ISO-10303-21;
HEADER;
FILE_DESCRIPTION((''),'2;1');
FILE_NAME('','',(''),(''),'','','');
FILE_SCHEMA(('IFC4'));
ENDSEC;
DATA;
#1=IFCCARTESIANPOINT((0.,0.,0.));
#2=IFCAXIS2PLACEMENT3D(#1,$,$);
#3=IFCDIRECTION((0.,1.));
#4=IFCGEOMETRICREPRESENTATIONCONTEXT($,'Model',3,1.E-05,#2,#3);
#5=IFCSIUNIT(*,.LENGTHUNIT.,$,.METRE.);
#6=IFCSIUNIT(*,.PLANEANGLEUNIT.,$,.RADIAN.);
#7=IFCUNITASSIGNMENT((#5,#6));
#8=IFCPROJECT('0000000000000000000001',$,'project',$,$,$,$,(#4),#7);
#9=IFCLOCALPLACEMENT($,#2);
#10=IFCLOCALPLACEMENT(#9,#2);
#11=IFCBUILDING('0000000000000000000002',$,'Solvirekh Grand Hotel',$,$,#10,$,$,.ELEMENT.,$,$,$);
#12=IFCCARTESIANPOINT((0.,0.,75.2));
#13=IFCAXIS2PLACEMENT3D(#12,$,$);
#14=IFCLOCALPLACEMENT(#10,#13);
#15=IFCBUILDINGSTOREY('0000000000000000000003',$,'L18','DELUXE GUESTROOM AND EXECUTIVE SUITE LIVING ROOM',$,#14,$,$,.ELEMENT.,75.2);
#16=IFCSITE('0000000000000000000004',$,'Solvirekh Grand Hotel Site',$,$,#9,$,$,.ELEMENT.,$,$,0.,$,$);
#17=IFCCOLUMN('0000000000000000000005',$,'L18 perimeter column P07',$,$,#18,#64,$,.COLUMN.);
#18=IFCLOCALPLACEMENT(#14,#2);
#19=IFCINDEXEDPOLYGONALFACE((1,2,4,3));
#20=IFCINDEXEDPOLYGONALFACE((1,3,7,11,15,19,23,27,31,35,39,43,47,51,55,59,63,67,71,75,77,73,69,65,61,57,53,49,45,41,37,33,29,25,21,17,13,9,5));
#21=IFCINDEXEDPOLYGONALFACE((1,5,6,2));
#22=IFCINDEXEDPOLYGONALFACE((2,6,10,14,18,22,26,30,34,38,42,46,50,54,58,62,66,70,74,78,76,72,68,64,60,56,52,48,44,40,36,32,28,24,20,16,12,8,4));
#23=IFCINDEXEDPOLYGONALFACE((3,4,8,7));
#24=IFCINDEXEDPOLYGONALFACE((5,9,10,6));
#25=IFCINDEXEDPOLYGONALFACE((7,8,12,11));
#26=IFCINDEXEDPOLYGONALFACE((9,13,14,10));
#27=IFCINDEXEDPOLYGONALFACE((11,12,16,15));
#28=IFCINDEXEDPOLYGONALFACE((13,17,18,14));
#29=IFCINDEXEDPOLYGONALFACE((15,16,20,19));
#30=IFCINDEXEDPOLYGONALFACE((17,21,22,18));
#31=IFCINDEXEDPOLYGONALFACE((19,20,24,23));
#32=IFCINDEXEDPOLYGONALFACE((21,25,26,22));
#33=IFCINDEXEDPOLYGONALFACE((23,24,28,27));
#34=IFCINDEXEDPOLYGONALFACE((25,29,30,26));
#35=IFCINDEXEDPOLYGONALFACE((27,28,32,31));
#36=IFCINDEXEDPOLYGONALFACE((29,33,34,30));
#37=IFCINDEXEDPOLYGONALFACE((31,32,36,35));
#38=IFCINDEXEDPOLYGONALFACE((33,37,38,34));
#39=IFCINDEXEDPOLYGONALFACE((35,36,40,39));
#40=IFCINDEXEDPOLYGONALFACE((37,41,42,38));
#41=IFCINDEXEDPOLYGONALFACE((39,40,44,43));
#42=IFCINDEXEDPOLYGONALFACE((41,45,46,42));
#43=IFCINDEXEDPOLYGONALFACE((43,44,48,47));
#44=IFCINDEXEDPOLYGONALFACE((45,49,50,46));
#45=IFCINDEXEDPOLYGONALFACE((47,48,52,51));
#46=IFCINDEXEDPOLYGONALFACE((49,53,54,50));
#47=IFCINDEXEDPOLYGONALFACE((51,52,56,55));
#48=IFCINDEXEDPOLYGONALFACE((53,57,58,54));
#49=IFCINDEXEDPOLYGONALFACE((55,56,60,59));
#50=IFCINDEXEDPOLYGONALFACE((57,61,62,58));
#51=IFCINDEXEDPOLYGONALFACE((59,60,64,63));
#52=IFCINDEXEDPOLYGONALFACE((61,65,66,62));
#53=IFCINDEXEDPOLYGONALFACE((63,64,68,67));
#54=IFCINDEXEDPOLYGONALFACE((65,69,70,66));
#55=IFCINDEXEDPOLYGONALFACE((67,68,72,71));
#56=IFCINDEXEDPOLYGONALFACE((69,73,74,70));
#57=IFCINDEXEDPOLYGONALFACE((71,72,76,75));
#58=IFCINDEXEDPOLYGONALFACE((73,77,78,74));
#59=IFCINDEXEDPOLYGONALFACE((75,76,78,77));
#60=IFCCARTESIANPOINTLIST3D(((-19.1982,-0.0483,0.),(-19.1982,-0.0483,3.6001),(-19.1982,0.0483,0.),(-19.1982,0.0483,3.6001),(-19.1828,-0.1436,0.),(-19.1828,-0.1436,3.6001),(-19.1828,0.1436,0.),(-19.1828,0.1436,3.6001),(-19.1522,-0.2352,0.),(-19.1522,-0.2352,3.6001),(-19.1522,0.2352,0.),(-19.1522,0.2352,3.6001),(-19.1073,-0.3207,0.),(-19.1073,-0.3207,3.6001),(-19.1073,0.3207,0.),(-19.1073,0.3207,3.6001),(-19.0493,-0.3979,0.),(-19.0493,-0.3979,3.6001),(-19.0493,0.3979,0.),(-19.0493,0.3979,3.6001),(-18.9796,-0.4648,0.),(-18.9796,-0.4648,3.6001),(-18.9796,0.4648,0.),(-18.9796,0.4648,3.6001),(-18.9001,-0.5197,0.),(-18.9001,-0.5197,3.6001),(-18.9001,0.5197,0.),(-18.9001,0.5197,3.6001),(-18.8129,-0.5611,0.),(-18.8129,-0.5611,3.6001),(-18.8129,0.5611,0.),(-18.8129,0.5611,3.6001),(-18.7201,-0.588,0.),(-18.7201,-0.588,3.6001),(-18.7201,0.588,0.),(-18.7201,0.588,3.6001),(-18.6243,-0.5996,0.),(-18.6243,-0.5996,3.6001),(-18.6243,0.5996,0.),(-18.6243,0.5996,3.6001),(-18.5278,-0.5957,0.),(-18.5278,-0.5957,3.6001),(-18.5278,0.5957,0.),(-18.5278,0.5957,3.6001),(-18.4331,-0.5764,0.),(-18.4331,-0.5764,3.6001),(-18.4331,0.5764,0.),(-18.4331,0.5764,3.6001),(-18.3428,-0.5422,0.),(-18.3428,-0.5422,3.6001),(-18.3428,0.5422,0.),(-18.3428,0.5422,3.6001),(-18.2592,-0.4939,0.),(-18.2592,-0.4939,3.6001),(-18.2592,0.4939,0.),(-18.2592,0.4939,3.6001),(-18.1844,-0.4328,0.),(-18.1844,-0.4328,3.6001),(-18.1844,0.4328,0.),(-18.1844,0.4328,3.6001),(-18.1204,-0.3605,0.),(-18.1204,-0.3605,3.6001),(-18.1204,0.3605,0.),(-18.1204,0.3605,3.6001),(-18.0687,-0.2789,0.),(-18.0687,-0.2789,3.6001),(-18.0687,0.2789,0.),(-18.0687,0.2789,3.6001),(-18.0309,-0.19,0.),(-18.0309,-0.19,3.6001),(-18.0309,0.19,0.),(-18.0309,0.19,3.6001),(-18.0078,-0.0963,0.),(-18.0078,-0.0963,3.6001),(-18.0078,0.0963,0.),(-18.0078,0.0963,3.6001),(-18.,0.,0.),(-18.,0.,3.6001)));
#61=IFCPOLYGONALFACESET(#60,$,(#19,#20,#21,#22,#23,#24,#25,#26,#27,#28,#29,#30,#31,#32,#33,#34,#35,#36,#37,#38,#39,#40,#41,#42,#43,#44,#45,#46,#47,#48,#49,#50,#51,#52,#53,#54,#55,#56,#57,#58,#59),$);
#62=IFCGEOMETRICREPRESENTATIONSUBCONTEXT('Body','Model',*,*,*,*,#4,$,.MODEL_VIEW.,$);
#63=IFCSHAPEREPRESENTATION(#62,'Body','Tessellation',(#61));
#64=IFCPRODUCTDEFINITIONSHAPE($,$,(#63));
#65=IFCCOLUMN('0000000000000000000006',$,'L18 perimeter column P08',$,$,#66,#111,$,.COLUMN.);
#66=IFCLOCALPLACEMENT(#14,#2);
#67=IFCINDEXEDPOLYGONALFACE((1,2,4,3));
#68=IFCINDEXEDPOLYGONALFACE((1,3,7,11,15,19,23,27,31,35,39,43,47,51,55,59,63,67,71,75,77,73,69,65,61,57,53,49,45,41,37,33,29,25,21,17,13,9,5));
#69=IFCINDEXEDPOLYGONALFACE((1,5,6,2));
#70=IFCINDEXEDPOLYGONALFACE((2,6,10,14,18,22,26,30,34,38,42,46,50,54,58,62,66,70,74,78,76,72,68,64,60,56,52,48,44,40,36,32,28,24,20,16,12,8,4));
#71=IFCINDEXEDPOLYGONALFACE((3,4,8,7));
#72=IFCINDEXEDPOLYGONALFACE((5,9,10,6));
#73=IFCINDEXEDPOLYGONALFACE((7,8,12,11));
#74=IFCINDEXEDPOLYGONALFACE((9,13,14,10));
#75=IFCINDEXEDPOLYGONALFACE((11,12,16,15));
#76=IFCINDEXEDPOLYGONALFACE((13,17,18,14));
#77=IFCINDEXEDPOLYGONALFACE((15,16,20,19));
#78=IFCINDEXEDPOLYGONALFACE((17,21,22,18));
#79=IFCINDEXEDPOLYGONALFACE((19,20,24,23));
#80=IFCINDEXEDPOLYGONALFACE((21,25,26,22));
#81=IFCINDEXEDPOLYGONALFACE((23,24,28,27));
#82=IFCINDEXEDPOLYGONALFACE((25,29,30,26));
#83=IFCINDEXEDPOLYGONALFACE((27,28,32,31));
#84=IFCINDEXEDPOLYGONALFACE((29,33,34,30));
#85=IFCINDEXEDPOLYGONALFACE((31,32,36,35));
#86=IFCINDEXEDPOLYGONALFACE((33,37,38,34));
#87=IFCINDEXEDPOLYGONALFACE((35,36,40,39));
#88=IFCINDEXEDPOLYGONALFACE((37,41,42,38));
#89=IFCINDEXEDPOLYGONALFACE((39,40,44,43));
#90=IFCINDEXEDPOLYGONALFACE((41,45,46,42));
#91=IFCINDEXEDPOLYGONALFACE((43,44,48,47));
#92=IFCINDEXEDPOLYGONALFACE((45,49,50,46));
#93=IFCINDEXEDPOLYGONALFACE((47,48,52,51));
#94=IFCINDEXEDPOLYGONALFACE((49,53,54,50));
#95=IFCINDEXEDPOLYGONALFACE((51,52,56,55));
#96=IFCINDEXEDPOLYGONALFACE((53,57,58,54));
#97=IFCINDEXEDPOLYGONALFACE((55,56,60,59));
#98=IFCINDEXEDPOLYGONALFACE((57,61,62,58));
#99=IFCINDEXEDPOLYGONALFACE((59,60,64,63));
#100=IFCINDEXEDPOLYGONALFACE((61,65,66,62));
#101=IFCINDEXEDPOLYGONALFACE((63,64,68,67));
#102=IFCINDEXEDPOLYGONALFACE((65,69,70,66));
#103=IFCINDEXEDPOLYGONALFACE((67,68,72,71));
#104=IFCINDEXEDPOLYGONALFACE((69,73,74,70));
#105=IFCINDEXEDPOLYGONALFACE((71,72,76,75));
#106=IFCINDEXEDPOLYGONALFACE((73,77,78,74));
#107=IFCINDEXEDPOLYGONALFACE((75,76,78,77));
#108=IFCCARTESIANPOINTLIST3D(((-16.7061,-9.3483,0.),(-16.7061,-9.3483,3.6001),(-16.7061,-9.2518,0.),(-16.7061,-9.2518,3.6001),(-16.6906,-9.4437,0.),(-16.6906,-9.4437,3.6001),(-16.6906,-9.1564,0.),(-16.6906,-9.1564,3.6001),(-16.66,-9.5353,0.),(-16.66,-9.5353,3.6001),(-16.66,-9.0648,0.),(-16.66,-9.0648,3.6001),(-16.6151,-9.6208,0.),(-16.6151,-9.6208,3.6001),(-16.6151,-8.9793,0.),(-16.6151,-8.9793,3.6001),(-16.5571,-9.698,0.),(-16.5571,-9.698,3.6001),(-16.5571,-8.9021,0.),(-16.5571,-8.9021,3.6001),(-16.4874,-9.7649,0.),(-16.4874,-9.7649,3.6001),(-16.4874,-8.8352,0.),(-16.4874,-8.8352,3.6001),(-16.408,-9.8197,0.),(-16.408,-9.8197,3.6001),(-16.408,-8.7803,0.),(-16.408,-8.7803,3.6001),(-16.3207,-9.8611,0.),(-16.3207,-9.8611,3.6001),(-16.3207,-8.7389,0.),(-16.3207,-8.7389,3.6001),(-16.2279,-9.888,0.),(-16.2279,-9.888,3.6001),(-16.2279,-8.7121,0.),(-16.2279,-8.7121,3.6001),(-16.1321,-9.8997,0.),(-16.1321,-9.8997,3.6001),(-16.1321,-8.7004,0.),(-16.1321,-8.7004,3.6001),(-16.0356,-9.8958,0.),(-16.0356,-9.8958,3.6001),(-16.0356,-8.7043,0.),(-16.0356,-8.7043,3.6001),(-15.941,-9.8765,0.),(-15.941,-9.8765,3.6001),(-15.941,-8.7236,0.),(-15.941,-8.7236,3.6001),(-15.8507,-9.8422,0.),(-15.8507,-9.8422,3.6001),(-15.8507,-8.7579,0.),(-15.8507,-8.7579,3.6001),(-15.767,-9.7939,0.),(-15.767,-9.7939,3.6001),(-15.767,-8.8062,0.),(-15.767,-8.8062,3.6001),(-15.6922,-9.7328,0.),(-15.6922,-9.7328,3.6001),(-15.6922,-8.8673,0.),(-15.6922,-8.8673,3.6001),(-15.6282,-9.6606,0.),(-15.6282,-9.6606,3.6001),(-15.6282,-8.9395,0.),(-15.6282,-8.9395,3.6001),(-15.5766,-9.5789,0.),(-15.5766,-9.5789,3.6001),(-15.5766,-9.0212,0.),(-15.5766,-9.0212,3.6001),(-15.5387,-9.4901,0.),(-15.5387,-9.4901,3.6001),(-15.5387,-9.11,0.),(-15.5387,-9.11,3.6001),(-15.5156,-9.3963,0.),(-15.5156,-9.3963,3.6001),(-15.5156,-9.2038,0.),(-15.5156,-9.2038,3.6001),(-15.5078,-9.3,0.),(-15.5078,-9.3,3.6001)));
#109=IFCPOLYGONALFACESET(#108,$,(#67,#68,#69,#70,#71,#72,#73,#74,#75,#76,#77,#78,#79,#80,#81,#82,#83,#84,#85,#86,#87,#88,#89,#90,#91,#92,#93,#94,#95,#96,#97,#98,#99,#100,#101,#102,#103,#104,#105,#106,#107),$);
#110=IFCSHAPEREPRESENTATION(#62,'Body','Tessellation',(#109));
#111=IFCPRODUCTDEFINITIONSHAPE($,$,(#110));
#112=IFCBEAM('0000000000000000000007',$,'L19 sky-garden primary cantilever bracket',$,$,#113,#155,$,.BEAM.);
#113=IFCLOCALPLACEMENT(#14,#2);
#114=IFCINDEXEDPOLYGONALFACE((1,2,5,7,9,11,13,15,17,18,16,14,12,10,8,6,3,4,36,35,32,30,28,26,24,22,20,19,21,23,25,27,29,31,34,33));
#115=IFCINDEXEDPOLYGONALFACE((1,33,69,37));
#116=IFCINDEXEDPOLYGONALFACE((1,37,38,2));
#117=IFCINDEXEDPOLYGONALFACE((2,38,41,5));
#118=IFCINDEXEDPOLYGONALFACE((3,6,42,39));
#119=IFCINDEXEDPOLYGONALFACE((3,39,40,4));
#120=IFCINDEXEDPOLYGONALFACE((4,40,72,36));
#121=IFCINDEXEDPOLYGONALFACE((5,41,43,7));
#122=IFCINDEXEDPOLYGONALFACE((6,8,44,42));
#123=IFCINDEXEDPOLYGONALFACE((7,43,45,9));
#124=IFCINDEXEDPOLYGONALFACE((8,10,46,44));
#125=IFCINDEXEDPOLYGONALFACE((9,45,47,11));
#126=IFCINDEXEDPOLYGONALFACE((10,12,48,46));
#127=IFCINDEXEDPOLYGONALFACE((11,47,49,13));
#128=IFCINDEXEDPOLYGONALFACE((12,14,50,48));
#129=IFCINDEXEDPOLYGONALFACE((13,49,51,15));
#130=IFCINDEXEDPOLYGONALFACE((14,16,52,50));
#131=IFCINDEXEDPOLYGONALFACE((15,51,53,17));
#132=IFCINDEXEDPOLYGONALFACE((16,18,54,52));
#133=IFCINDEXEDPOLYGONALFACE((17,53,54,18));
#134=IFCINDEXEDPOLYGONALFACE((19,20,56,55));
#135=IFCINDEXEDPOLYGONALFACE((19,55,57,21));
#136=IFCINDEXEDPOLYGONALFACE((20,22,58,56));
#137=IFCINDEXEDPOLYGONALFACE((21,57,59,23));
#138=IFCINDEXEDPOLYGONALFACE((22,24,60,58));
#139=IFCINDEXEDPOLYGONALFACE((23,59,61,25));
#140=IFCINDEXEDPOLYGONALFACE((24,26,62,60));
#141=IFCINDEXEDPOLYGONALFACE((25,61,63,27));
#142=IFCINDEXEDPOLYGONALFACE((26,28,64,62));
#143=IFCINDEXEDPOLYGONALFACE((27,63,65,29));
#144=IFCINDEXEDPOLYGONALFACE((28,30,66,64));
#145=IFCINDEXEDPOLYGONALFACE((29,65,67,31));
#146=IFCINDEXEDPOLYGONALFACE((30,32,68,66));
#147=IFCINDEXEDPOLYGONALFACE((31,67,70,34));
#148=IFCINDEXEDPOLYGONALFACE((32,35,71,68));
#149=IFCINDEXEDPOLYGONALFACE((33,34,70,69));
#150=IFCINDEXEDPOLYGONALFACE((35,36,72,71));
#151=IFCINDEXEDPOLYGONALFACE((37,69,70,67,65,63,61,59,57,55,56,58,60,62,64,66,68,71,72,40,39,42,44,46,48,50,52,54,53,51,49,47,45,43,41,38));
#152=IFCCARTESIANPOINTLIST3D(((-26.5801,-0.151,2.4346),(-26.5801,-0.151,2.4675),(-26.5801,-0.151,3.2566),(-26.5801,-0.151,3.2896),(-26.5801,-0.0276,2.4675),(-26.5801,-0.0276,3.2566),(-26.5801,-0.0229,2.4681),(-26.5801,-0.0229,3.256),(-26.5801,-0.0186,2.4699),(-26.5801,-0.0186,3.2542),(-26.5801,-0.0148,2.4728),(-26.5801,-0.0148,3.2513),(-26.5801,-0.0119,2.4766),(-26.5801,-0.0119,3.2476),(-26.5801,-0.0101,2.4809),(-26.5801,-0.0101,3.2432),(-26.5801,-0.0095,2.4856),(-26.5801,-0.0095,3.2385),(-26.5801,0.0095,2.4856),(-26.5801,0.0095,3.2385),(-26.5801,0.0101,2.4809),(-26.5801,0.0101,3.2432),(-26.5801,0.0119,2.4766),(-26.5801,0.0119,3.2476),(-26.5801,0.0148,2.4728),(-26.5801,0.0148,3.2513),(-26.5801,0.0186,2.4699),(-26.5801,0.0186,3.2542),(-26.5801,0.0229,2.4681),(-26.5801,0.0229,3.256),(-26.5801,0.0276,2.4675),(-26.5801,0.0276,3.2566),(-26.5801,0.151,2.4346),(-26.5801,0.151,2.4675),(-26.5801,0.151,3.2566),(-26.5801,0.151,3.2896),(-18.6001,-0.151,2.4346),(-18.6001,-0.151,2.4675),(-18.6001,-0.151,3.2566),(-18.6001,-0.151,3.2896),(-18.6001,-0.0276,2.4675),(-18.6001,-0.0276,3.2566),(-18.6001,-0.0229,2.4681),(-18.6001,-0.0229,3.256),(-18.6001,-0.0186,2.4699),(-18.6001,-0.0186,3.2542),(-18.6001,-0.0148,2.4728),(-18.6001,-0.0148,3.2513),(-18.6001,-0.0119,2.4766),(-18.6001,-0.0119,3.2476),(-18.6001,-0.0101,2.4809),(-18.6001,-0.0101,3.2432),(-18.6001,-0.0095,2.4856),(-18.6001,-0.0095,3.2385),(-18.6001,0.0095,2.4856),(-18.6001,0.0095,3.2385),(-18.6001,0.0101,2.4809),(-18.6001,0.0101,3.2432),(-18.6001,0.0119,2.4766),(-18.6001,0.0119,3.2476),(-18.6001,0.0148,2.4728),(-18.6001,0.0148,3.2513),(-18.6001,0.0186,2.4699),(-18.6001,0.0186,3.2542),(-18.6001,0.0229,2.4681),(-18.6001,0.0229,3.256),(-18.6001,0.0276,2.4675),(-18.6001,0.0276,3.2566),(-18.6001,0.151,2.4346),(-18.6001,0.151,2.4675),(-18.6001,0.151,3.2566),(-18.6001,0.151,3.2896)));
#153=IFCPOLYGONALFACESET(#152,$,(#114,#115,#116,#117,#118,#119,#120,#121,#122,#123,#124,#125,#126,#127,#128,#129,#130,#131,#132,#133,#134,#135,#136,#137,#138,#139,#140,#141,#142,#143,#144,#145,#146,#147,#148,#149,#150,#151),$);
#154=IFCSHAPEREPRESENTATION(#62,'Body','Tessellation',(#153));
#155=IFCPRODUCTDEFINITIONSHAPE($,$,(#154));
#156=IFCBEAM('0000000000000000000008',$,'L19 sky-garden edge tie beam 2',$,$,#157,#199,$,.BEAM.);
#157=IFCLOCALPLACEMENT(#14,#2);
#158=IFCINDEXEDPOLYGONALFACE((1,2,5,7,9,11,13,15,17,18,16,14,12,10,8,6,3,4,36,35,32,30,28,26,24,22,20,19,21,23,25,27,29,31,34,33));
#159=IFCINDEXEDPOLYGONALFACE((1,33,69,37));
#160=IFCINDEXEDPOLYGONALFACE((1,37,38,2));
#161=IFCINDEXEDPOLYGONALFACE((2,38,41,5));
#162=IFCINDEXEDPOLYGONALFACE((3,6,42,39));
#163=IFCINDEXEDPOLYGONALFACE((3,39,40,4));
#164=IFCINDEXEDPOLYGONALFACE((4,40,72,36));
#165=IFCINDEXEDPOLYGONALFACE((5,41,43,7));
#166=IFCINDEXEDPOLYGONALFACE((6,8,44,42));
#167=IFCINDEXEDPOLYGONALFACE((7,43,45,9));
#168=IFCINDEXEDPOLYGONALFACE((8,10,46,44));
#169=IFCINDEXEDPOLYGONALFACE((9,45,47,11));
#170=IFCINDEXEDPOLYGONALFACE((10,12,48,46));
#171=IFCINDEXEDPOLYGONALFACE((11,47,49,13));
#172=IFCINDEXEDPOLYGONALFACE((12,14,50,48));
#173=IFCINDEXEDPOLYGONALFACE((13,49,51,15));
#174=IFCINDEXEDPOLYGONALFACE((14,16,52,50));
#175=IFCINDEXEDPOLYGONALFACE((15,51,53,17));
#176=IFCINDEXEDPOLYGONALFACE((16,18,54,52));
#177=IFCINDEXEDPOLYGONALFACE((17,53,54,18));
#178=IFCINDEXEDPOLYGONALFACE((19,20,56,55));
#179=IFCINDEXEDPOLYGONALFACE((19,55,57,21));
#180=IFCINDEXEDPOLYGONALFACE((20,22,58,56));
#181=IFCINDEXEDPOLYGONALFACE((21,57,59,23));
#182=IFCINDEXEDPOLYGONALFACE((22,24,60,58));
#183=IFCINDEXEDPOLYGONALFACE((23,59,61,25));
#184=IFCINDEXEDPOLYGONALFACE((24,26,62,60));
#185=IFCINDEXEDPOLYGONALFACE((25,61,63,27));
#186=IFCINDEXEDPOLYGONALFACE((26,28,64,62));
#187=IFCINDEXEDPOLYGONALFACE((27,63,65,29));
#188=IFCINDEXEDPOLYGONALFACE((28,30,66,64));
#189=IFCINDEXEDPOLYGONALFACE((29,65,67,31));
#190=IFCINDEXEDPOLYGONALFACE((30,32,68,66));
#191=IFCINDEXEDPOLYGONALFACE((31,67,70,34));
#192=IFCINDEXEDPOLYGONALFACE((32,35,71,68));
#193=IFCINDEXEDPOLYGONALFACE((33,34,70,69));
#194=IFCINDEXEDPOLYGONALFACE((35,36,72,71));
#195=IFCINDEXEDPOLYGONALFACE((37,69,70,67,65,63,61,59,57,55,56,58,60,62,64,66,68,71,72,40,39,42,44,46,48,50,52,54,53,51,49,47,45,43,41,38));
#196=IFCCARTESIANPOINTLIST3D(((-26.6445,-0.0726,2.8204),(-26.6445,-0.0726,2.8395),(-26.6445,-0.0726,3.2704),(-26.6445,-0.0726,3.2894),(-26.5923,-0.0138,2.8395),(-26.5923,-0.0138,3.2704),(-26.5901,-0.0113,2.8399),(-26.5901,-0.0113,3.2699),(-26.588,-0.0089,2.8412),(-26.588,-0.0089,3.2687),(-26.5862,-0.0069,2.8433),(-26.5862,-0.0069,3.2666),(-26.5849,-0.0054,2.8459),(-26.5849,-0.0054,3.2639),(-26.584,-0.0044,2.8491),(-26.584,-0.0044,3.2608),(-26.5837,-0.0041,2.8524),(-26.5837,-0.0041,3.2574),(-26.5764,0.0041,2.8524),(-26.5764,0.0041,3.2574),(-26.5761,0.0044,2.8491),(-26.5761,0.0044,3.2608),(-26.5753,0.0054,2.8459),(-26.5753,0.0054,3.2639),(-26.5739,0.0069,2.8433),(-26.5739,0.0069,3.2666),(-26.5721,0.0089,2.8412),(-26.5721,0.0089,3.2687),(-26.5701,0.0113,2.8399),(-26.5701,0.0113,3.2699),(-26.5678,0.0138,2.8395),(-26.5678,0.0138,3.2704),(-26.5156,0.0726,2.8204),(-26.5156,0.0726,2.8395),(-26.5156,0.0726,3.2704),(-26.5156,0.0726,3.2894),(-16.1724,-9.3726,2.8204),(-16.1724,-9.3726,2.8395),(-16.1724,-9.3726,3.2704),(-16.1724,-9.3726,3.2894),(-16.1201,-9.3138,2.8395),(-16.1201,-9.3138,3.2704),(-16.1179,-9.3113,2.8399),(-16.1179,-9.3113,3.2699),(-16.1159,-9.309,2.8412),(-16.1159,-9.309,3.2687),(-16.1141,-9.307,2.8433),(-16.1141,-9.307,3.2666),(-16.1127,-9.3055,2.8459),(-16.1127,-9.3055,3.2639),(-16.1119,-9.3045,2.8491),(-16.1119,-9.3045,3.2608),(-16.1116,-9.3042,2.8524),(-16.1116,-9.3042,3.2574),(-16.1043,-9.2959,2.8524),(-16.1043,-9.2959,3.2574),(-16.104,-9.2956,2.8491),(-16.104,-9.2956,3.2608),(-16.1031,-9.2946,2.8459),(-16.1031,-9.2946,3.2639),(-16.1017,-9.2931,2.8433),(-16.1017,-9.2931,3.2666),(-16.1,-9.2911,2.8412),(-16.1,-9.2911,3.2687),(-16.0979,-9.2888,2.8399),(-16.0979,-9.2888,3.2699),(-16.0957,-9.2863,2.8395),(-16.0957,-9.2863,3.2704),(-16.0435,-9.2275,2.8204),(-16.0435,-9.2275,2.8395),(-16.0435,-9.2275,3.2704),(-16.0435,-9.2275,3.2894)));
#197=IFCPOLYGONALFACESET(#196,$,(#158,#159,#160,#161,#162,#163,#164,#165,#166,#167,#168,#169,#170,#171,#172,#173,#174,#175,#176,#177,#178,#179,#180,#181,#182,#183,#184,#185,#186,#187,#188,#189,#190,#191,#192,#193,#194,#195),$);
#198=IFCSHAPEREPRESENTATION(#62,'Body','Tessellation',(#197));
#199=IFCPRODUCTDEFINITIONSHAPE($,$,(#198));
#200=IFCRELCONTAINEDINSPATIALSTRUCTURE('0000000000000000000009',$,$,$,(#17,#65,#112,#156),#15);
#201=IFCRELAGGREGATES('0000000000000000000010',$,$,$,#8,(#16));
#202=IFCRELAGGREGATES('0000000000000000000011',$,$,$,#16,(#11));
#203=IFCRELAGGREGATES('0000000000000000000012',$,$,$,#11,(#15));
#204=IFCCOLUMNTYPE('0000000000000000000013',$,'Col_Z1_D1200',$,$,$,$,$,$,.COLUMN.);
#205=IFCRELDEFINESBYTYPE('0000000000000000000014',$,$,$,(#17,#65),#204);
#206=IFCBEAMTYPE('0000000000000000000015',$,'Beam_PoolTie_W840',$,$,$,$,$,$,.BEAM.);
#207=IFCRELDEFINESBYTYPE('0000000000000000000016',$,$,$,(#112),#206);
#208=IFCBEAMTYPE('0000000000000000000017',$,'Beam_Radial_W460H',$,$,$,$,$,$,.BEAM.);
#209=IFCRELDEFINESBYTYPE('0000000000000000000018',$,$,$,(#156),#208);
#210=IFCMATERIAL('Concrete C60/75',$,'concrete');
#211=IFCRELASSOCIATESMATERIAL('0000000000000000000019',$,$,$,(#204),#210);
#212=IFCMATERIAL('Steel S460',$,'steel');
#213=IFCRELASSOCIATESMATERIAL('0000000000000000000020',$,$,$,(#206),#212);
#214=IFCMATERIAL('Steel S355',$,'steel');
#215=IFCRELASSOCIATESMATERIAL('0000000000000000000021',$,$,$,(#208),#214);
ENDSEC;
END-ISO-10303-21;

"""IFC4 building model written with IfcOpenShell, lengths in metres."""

from ifc_helpers import new_model, si_unit, direction, frame, origin, origin_2d, place, context, subcontext, project, spatial, circle, i_section, extrude, material, material_profile, profile_set, type_object, element, save


model = new_model("IFC4")

# Units and contexts
model_context = context("Model", 3, precision=1e-05, world=origin(), true_north=direction((0.0, 1.0)))
body_context = subcontext(model_context, "Body", "Model", "MODEL_VIEW")
ifc_project = project(units=[si_unit("LENGTHUNIT", "METRE"), si_unit("PLANEANGLEUNIT", "RADIAN")], contexts=[model_context])

# Site, building, storey
site_placement = place(None, origin())
site = spatial("IfcSite", under=ifc_project, at=site_placement, Name="Solvirekh Grand Hotel Site", CompositionType="ELEMENT", RefElevation=0.0)
building_placement = place(site_placement, origin())
building = spatial("IfcBuilding", under=site, at=building_placement, Name="Solvirekh Grand Hotel", CompositionType="ELEMENT")
storey_placement = place(building_placement, frame((0.0, 0.0, 75.2)))
storey = spatial("IfcBuildingStorey", under=building, at=storey_placement, Name="L18", Description="DELUXE GUESTROOM AND EXECUTIVE SUITE LIVING ROOM", CompositionType="ELEMENT", Elevation=75.2)

# Columns
ifc_material_1 = material(Name="Concrete C60/75", Category="concrete")
ifc_material_profile_1 = material_profile(ifc_material_1, circle(Radius=0.6001, at=origin_2d()), Name="RC CIRC D1200")
ifc_profile_set_1 = profile_set([ifc_material_profile_1], Name="Concrete C60/75")
column_type = type_object("IfcColumnType", Name="Col_Z1_D1200", PredefinedType="COLUMN", material=ifc_profile_set_1)
for number, where, z_axis, x_axis, name in (
    (1, (-18.6001, 0.0, 0.0), (0.0, 0.0, 1.0), (1.0, 0.0, 0.0), "L18 perimeter column P07"),
    (2, (-16.1079, -9.3, 0.0), (0.0, 0.0, 1.0), (1.0, 0.0, 0.0), "L18 perimeter column P08"),
):
    element("IfcColumn", number, at=place(storey_placement, frame(where, z_axis=z_axis, x_axis=x_axis)), inside=storey, type_object=column_type, Name=name, PredefinedType="COLUMN", context=body_context, shape_type="SweptSolid", body=[
        extrude(circle(Radius=0.6001, at=origin_2d()), origin(), (0.0, 0.0, 1.0), 3.6001),
    ])

# Beams
ifc_material_2 = material(Name="Steel S460", Category="steel")
ifc_material_profile_2 = material_profile(ifc_material_2, i_section(OverallWidth=0.302, OverallDepth=0.855, WebThickness=0.019, FlangeThickness=0.033, FilletRadius=0.0181, at=origin_2d()), Name="W840X299")
ifc_profile_set_2 = profile_set([ifc_material_profile_2], Name="Steel S460")
beam_type_1 = type_object("IfcBeamType", Name="Beam_PoolTie_W840", PredefinedType="BEAM", material=ifc_profile_set_2)
beam_1_placement = place(storey_placement, frame((-18.6001, 0.0, 2.8621), z_axis=(-1.0, 0.0, 0.0), x_axis=(0.0, -1.0, 0.0)))
element("IfcBeam", 3, at=beam_1_placement, inside=storey, type_object=beam_type_1, Name="L19 sky-garden primary cantilever bracket", PredefinedType="BEAM", context=body_context, shape_type="SweptSolid", body=[
    extrude(i_section(OverallWidth=0.302, OverallDepth=0.855, WebThickness=0.019, FlangeThickness=0.033, FilletRadius=0.0181, at=origin_2d()), origin(), (0.0, 0.0, 1.0), 7.98),
])
ifc_material_3 = material(Name="Steel S355", Category="steel")
ifc_material_profile_3 = material_profile(ifc_material_3, i_section(OverallWidth=0.1941, OverallDepth=0.469, WebThickness=0.011, FlangeThickness=0.019, FilletRadius=0.0129, at=origin_2d()), Name="W460X106")
ifc_profile_set_3 = profile_set([ifc_material_profile_3], Name="Steel S355")
beam_type_2 = type_object("IfcBeamType", Name="Beam_Radial_W460H", PredefinedType="BEAM", material=ifc_profile_set_3)
beam_2_placement = place(storey_placement, frame((-16.1079, -9.3, 3.0549), z_axis=(-0.747712, 0.664023, 0.0), x_axis=(-0.664023, -0.747712, 0.0)))
element("IfcBeam", 4, at=beam_2_placement, inside=storey, type_object=beam_type_2, Name="L19 sky-garden edge tie beam 2", PredefinedType="BEAM", context=body_context, shape_type="SweptSolid", body=[
    extrude(i_section(OverallWidth=0.1941, OverallDepth=0.469, WebThickness=0.011, FlangeThickness=0.019, FilletRadius=0.0129, at=origin_2d()), origin(), (0.0, 0.0, 1.0), 14.0056),
])

save(model, "model.ifc")
